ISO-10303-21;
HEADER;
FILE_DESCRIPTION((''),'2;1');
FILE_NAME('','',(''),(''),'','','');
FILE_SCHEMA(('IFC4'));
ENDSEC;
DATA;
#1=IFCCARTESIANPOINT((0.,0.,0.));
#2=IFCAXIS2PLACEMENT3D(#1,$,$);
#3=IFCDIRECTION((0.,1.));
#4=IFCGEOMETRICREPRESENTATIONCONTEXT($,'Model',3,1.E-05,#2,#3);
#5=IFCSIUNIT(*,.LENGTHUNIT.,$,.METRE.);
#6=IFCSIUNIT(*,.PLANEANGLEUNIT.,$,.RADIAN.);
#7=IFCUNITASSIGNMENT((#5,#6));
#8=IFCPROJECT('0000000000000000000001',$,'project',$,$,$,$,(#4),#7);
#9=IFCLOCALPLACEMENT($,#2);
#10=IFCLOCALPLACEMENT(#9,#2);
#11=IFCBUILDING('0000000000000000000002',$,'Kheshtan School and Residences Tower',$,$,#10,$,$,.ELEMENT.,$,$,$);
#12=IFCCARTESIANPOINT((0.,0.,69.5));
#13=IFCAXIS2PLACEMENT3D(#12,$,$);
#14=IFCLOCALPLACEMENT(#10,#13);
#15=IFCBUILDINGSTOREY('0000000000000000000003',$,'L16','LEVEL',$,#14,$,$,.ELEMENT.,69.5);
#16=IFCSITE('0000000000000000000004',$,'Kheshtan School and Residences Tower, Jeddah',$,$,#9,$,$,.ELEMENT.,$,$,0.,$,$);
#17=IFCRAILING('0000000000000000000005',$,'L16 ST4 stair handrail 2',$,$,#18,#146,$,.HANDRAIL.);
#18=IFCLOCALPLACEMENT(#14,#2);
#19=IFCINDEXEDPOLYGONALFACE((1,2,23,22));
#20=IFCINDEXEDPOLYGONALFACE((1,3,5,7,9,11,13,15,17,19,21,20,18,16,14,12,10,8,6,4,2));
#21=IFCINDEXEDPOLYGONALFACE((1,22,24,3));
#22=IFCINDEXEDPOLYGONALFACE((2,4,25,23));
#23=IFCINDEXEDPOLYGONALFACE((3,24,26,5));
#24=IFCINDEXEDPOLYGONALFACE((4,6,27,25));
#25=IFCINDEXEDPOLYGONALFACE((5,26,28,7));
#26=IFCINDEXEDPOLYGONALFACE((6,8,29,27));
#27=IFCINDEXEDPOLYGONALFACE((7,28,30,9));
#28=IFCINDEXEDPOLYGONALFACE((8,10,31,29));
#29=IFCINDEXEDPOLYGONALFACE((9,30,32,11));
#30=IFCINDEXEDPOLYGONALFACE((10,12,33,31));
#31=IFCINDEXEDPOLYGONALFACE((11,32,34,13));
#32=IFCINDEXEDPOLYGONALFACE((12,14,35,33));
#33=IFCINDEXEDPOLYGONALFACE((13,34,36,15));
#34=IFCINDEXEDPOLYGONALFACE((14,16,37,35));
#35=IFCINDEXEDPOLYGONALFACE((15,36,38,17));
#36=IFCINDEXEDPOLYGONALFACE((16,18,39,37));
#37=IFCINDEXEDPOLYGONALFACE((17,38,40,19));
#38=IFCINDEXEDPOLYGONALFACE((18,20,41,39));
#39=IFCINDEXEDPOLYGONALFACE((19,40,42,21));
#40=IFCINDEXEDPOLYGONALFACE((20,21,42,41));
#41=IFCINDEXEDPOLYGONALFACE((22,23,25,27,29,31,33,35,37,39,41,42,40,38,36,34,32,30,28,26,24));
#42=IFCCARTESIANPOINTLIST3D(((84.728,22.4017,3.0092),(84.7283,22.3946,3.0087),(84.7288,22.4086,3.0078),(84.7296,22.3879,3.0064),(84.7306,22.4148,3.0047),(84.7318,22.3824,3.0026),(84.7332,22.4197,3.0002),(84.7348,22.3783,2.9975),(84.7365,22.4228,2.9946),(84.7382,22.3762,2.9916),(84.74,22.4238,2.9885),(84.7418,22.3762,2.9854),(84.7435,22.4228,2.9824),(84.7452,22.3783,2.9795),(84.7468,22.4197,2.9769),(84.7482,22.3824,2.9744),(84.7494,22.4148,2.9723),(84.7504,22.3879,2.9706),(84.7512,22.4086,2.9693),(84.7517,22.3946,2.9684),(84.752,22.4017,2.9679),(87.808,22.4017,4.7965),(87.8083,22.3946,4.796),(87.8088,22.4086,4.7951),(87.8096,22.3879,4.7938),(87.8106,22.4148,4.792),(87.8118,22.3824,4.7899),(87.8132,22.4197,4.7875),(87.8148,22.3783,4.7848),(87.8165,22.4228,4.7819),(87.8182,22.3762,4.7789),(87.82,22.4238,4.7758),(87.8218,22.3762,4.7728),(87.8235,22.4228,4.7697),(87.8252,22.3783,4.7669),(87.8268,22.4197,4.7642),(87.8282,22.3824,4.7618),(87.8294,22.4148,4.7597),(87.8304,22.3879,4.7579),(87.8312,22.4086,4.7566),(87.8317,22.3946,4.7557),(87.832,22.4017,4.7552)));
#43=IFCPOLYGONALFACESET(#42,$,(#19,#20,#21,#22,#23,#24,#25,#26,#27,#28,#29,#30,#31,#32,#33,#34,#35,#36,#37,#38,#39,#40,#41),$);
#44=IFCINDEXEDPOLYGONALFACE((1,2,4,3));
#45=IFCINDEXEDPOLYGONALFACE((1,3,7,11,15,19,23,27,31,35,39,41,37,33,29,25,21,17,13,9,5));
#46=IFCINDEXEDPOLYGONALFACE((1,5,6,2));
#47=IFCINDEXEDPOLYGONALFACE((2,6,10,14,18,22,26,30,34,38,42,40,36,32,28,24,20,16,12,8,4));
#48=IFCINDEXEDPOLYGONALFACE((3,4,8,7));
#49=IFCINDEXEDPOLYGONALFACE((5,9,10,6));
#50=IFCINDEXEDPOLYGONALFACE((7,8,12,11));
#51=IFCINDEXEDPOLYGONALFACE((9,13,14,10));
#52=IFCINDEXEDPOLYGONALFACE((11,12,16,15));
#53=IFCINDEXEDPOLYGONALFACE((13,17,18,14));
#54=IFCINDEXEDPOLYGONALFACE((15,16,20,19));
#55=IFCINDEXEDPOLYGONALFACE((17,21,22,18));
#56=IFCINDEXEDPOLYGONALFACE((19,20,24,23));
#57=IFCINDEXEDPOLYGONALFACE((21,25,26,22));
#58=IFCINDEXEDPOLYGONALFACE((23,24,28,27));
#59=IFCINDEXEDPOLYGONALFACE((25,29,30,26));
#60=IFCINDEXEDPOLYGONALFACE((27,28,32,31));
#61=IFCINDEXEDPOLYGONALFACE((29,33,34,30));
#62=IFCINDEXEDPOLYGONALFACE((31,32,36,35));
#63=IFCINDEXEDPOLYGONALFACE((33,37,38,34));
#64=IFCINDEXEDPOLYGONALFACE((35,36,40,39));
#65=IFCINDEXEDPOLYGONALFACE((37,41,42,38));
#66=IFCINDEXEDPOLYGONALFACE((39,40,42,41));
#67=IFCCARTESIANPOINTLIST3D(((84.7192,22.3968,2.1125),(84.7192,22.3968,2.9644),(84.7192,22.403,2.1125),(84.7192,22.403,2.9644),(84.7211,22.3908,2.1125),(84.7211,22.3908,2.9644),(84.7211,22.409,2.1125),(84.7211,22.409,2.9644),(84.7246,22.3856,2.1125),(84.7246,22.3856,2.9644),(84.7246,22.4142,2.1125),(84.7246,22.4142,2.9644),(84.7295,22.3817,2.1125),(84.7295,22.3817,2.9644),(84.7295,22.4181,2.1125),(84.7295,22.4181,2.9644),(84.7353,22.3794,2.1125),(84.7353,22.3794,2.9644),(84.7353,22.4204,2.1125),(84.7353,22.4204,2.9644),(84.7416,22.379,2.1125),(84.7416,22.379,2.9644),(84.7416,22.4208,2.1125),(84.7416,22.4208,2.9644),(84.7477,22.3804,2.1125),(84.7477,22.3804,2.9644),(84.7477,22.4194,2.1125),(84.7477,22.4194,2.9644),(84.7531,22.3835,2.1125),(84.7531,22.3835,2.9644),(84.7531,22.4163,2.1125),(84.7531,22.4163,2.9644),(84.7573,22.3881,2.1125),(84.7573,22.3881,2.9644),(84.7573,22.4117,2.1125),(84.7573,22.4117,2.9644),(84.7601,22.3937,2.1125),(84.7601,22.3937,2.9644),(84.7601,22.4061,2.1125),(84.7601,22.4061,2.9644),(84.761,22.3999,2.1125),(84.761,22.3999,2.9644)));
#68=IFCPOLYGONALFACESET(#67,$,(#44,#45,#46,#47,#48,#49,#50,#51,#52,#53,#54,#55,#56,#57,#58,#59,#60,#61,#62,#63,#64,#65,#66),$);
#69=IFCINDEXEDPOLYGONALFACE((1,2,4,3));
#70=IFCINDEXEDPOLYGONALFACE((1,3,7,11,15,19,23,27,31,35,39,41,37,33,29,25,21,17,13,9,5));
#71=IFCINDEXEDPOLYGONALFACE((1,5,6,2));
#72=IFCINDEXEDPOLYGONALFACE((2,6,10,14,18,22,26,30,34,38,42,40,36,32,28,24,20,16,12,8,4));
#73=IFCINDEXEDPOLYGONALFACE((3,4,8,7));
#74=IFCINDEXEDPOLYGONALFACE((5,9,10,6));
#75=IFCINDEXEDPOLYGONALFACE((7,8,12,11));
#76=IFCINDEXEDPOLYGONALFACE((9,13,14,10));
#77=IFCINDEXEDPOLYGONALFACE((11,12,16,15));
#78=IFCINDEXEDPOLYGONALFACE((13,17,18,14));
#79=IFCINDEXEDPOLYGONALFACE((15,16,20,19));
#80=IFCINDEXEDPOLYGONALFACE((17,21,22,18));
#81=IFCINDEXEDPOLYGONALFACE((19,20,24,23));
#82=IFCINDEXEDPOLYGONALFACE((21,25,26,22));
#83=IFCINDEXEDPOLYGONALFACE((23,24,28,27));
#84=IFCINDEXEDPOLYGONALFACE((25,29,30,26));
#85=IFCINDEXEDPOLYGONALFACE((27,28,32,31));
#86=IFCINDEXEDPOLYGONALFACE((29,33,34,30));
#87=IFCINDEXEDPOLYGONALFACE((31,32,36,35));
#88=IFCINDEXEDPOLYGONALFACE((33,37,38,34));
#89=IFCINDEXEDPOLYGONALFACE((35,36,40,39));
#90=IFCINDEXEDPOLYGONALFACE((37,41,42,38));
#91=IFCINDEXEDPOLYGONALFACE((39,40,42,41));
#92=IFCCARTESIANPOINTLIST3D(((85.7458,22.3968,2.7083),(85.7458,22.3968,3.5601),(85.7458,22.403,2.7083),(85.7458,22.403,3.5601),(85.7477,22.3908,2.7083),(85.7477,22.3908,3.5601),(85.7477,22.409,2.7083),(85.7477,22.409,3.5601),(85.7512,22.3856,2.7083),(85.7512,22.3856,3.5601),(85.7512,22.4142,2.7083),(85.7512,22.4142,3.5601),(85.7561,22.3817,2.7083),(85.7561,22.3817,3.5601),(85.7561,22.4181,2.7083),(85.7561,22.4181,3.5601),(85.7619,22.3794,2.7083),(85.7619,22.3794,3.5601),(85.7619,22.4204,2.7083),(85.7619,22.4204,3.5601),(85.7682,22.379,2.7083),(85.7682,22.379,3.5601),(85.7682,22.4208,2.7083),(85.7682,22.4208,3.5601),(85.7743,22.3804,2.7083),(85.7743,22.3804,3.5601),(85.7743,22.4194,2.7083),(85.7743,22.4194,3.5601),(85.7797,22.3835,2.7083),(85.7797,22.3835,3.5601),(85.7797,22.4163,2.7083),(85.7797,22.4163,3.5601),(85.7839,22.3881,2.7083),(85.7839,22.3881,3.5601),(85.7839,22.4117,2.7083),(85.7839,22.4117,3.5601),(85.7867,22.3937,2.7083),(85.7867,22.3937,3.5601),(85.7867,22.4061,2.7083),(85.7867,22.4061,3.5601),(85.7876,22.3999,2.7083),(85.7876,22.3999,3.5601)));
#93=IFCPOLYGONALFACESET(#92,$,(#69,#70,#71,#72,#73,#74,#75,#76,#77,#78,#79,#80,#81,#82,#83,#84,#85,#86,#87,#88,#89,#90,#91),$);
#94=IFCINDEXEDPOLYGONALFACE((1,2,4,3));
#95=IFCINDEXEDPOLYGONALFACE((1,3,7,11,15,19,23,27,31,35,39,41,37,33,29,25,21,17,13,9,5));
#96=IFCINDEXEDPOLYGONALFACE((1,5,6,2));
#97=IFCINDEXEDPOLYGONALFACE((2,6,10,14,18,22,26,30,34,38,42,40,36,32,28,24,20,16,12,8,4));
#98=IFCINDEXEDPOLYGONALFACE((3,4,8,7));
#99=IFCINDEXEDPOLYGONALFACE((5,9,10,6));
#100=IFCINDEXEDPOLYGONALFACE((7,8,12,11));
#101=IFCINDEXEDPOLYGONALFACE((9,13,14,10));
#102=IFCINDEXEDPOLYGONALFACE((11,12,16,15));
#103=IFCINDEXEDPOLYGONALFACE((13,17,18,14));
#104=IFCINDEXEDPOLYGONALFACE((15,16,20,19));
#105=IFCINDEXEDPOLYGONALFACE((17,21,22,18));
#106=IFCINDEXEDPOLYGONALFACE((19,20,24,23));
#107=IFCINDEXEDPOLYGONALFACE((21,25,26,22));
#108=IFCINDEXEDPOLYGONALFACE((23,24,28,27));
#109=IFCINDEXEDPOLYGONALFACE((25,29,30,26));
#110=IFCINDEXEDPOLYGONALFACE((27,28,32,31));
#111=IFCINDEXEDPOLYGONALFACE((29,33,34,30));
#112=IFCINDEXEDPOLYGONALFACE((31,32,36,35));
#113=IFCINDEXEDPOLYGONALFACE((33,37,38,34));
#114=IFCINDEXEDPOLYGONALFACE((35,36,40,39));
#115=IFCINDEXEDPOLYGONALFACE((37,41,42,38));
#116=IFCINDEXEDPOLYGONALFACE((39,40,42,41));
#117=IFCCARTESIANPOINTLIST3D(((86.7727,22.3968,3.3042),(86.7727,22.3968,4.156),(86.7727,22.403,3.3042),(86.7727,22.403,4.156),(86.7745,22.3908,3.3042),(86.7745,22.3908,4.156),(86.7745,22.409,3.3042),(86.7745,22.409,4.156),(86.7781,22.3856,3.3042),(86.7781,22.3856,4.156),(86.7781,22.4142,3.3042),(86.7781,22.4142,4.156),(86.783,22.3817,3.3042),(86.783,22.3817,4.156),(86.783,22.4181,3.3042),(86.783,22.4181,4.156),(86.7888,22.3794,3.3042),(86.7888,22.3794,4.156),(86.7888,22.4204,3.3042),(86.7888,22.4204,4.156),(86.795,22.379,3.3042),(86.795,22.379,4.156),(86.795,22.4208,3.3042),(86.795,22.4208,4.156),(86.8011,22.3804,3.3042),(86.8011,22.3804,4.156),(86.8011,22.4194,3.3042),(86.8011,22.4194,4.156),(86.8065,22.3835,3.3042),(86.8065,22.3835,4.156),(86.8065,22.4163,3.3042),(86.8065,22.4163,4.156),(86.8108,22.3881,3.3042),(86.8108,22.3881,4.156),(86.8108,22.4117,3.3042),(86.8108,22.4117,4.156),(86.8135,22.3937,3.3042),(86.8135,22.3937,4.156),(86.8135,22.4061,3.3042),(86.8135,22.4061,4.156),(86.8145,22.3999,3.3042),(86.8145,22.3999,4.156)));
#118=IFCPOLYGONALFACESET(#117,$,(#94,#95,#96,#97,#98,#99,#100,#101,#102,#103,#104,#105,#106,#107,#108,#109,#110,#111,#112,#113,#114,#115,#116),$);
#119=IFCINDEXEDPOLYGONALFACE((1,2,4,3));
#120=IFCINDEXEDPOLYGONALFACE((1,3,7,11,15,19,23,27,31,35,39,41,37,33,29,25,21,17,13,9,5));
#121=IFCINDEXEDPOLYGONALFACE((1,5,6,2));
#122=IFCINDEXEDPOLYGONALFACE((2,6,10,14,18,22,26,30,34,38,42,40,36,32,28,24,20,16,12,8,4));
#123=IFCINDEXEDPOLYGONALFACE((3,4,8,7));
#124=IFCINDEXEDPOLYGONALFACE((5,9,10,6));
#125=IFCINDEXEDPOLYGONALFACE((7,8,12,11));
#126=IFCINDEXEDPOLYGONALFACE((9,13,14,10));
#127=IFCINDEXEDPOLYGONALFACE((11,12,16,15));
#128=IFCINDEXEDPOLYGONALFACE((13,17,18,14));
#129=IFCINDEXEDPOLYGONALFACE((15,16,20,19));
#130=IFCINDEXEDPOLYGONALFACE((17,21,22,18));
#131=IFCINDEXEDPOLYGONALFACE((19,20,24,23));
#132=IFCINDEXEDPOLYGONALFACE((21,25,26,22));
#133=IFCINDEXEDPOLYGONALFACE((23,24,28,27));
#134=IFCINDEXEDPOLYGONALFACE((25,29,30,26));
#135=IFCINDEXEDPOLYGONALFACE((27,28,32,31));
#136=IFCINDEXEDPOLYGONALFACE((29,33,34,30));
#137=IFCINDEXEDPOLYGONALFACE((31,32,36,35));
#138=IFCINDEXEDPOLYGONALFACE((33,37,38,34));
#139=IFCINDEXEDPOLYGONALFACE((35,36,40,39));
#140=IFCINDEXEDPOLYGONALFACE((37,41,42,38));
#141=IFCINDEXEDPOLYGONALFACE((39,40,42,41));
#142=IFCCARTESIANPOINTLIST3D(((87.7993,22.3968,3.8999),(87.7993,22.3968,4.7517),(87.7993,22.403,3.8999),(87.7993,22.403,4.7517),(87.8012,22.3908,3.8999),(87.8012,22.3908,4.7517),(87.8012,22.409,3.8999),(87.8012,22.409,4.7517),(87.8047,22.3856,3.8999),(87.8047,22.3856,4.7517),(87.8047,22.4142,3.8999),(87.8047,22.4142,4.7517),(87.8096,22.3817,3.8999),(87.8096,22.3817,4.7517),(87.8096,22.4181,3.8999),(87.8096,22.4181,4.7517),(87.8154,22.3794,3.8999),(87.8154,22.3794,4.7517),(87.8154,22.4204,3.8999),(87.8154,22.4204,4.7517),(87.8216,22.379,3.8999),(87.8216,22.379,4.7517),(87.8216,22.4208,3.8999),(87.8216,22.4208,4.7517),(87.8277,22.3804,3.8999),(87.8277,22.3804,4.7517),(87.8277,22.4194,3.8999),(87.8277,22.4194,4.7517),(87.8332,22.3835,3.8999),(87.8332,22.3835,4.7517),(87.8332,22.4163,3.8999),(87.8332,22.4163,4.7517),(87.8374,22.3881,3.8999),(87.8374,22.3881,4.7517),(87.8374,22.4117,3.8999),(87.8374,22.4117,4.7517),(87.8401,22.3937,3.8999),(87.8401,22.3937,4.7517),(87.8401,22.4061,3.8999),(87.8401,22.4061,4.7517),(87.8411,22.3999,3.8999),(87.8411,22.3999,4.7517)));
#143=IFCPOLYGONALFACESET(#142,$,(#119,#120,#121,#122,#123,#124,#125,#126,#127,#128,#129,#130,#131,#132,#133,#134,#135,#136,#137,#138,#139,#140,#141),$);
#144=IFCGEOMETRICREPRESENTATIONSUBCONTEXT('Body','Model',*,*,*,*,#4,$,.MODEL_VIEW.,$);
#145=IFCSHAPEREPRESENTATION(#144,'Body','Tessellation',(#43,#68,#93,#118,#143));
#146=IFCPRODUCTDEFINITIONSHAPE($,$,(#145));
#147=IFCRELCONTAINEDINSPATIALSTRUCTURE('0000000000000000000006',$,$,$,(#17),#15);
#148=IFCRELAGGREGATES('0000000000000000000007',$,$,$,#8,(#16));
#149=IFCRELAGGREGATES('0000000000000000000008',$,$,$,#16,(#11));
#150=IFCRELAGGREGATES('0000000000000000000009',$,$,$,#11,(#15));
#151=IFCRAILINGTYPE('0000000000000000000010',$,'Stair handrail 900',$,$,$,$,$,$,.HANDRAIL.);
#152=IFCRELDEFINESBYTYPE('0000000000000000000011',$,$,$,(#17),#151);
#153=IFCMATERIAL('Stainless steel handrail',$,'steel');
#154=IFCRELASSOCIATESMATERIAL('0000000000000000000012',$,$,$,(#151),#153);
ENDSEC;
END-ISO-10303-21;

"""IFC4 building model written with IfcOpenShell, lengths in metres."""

from ifc_helpers import new_model, si_unit, direction, frame, origin, origin_2d, place, context, subcontext, project, spatial, circle, extrude, material, type_object, element, save


model = new_model("IFC4")

# Units and contexts
model_context = context("Model", 3, precision=1e-05, world=origin(), true_north=direction((0.0, 1.0)))
body_context = subcontext(model_context, "Body", "Model", "MODEL_VIEW")
ifc_project = project(units=[si_unit("LENGTHUNIT", "METRE"), si_unit("PLANEANGLEUNIT", "RADIAN")], contexts=[model_context])

# Site, building, storey
site_placement = place(None, origin())
site = spatial("IfcSite", under=ifc_project, at=site_placement, Name="Kheshtan School and Residences Tower, Jeddah", CompositionType="ELEMENT", RefElevation=0.0)
building_placement = place(site_placement, origin())
building = spatial("IfcBuilding", under=site, at=building_placement, Name="Kheshtan School and Residences Tower", CompositionType="ELEMENT")
storey_placement = place(building_placement, frame((0.0, 0.0, 69.5)))
storey = spatial("IfcBuildingStorey", under=building, at=storey_placement, Name="L16", Description="LEVEL", CompositionType="ELEMENT", Elevation=69.5)

# Railing
ifc_material_1 = material(Name="Stainless steel handrail", Category="steel")
railing_type_1 = type_object("IfcRailingType", Name="Stair handrail 900", PredefinedType="HANDRAIL", material=ifc_material_1)
railing_1_placement = place(storey_placement, frame((84.74, 22.3999, 2.1125)))
element("IfcRailing", 1, at=railing_1_placement, inside=storey, type_object=railing_type_1, Name="L16 ST4 stair handrail 2", PredefinedType="HANDRAIL", context=body_context, shape_type="SweptSolid", body=[
    extrude(circle(Radius=0.0239, at=origin_2d()), frame((0.0, 0.0, 0.876), z_axis=(0.86492, 0.0, 0.501909), x_axis=(0.0, 1.0, 0.0)), (0.0, 0.0, 1.0), 3.561),
    extrude(circle(Radius=0.021, at=origin_2d()), origin(), (0.0, 0.0, 1.0), 0.8518),
    extrude(circle(Radius=0.021, at=origin_2d()), frame((1.0266, 0.0, 0.5957)), (0.0, 0.0, 1.0), 0.8518),
    extrude(circle(Radius=0.021, at=origin_2d()), frame((2.0535, 0.0, 1.1917)), (0.0, 0.0, 1.0), 0.8518),
    extrude(circle(Radius=0.021, at=origin_2d()), frame((3.0801, 0.0, 1.7874)), (0.0, 0.0, 1.0), 0.8518),
])

save(model, "model.ifc")
